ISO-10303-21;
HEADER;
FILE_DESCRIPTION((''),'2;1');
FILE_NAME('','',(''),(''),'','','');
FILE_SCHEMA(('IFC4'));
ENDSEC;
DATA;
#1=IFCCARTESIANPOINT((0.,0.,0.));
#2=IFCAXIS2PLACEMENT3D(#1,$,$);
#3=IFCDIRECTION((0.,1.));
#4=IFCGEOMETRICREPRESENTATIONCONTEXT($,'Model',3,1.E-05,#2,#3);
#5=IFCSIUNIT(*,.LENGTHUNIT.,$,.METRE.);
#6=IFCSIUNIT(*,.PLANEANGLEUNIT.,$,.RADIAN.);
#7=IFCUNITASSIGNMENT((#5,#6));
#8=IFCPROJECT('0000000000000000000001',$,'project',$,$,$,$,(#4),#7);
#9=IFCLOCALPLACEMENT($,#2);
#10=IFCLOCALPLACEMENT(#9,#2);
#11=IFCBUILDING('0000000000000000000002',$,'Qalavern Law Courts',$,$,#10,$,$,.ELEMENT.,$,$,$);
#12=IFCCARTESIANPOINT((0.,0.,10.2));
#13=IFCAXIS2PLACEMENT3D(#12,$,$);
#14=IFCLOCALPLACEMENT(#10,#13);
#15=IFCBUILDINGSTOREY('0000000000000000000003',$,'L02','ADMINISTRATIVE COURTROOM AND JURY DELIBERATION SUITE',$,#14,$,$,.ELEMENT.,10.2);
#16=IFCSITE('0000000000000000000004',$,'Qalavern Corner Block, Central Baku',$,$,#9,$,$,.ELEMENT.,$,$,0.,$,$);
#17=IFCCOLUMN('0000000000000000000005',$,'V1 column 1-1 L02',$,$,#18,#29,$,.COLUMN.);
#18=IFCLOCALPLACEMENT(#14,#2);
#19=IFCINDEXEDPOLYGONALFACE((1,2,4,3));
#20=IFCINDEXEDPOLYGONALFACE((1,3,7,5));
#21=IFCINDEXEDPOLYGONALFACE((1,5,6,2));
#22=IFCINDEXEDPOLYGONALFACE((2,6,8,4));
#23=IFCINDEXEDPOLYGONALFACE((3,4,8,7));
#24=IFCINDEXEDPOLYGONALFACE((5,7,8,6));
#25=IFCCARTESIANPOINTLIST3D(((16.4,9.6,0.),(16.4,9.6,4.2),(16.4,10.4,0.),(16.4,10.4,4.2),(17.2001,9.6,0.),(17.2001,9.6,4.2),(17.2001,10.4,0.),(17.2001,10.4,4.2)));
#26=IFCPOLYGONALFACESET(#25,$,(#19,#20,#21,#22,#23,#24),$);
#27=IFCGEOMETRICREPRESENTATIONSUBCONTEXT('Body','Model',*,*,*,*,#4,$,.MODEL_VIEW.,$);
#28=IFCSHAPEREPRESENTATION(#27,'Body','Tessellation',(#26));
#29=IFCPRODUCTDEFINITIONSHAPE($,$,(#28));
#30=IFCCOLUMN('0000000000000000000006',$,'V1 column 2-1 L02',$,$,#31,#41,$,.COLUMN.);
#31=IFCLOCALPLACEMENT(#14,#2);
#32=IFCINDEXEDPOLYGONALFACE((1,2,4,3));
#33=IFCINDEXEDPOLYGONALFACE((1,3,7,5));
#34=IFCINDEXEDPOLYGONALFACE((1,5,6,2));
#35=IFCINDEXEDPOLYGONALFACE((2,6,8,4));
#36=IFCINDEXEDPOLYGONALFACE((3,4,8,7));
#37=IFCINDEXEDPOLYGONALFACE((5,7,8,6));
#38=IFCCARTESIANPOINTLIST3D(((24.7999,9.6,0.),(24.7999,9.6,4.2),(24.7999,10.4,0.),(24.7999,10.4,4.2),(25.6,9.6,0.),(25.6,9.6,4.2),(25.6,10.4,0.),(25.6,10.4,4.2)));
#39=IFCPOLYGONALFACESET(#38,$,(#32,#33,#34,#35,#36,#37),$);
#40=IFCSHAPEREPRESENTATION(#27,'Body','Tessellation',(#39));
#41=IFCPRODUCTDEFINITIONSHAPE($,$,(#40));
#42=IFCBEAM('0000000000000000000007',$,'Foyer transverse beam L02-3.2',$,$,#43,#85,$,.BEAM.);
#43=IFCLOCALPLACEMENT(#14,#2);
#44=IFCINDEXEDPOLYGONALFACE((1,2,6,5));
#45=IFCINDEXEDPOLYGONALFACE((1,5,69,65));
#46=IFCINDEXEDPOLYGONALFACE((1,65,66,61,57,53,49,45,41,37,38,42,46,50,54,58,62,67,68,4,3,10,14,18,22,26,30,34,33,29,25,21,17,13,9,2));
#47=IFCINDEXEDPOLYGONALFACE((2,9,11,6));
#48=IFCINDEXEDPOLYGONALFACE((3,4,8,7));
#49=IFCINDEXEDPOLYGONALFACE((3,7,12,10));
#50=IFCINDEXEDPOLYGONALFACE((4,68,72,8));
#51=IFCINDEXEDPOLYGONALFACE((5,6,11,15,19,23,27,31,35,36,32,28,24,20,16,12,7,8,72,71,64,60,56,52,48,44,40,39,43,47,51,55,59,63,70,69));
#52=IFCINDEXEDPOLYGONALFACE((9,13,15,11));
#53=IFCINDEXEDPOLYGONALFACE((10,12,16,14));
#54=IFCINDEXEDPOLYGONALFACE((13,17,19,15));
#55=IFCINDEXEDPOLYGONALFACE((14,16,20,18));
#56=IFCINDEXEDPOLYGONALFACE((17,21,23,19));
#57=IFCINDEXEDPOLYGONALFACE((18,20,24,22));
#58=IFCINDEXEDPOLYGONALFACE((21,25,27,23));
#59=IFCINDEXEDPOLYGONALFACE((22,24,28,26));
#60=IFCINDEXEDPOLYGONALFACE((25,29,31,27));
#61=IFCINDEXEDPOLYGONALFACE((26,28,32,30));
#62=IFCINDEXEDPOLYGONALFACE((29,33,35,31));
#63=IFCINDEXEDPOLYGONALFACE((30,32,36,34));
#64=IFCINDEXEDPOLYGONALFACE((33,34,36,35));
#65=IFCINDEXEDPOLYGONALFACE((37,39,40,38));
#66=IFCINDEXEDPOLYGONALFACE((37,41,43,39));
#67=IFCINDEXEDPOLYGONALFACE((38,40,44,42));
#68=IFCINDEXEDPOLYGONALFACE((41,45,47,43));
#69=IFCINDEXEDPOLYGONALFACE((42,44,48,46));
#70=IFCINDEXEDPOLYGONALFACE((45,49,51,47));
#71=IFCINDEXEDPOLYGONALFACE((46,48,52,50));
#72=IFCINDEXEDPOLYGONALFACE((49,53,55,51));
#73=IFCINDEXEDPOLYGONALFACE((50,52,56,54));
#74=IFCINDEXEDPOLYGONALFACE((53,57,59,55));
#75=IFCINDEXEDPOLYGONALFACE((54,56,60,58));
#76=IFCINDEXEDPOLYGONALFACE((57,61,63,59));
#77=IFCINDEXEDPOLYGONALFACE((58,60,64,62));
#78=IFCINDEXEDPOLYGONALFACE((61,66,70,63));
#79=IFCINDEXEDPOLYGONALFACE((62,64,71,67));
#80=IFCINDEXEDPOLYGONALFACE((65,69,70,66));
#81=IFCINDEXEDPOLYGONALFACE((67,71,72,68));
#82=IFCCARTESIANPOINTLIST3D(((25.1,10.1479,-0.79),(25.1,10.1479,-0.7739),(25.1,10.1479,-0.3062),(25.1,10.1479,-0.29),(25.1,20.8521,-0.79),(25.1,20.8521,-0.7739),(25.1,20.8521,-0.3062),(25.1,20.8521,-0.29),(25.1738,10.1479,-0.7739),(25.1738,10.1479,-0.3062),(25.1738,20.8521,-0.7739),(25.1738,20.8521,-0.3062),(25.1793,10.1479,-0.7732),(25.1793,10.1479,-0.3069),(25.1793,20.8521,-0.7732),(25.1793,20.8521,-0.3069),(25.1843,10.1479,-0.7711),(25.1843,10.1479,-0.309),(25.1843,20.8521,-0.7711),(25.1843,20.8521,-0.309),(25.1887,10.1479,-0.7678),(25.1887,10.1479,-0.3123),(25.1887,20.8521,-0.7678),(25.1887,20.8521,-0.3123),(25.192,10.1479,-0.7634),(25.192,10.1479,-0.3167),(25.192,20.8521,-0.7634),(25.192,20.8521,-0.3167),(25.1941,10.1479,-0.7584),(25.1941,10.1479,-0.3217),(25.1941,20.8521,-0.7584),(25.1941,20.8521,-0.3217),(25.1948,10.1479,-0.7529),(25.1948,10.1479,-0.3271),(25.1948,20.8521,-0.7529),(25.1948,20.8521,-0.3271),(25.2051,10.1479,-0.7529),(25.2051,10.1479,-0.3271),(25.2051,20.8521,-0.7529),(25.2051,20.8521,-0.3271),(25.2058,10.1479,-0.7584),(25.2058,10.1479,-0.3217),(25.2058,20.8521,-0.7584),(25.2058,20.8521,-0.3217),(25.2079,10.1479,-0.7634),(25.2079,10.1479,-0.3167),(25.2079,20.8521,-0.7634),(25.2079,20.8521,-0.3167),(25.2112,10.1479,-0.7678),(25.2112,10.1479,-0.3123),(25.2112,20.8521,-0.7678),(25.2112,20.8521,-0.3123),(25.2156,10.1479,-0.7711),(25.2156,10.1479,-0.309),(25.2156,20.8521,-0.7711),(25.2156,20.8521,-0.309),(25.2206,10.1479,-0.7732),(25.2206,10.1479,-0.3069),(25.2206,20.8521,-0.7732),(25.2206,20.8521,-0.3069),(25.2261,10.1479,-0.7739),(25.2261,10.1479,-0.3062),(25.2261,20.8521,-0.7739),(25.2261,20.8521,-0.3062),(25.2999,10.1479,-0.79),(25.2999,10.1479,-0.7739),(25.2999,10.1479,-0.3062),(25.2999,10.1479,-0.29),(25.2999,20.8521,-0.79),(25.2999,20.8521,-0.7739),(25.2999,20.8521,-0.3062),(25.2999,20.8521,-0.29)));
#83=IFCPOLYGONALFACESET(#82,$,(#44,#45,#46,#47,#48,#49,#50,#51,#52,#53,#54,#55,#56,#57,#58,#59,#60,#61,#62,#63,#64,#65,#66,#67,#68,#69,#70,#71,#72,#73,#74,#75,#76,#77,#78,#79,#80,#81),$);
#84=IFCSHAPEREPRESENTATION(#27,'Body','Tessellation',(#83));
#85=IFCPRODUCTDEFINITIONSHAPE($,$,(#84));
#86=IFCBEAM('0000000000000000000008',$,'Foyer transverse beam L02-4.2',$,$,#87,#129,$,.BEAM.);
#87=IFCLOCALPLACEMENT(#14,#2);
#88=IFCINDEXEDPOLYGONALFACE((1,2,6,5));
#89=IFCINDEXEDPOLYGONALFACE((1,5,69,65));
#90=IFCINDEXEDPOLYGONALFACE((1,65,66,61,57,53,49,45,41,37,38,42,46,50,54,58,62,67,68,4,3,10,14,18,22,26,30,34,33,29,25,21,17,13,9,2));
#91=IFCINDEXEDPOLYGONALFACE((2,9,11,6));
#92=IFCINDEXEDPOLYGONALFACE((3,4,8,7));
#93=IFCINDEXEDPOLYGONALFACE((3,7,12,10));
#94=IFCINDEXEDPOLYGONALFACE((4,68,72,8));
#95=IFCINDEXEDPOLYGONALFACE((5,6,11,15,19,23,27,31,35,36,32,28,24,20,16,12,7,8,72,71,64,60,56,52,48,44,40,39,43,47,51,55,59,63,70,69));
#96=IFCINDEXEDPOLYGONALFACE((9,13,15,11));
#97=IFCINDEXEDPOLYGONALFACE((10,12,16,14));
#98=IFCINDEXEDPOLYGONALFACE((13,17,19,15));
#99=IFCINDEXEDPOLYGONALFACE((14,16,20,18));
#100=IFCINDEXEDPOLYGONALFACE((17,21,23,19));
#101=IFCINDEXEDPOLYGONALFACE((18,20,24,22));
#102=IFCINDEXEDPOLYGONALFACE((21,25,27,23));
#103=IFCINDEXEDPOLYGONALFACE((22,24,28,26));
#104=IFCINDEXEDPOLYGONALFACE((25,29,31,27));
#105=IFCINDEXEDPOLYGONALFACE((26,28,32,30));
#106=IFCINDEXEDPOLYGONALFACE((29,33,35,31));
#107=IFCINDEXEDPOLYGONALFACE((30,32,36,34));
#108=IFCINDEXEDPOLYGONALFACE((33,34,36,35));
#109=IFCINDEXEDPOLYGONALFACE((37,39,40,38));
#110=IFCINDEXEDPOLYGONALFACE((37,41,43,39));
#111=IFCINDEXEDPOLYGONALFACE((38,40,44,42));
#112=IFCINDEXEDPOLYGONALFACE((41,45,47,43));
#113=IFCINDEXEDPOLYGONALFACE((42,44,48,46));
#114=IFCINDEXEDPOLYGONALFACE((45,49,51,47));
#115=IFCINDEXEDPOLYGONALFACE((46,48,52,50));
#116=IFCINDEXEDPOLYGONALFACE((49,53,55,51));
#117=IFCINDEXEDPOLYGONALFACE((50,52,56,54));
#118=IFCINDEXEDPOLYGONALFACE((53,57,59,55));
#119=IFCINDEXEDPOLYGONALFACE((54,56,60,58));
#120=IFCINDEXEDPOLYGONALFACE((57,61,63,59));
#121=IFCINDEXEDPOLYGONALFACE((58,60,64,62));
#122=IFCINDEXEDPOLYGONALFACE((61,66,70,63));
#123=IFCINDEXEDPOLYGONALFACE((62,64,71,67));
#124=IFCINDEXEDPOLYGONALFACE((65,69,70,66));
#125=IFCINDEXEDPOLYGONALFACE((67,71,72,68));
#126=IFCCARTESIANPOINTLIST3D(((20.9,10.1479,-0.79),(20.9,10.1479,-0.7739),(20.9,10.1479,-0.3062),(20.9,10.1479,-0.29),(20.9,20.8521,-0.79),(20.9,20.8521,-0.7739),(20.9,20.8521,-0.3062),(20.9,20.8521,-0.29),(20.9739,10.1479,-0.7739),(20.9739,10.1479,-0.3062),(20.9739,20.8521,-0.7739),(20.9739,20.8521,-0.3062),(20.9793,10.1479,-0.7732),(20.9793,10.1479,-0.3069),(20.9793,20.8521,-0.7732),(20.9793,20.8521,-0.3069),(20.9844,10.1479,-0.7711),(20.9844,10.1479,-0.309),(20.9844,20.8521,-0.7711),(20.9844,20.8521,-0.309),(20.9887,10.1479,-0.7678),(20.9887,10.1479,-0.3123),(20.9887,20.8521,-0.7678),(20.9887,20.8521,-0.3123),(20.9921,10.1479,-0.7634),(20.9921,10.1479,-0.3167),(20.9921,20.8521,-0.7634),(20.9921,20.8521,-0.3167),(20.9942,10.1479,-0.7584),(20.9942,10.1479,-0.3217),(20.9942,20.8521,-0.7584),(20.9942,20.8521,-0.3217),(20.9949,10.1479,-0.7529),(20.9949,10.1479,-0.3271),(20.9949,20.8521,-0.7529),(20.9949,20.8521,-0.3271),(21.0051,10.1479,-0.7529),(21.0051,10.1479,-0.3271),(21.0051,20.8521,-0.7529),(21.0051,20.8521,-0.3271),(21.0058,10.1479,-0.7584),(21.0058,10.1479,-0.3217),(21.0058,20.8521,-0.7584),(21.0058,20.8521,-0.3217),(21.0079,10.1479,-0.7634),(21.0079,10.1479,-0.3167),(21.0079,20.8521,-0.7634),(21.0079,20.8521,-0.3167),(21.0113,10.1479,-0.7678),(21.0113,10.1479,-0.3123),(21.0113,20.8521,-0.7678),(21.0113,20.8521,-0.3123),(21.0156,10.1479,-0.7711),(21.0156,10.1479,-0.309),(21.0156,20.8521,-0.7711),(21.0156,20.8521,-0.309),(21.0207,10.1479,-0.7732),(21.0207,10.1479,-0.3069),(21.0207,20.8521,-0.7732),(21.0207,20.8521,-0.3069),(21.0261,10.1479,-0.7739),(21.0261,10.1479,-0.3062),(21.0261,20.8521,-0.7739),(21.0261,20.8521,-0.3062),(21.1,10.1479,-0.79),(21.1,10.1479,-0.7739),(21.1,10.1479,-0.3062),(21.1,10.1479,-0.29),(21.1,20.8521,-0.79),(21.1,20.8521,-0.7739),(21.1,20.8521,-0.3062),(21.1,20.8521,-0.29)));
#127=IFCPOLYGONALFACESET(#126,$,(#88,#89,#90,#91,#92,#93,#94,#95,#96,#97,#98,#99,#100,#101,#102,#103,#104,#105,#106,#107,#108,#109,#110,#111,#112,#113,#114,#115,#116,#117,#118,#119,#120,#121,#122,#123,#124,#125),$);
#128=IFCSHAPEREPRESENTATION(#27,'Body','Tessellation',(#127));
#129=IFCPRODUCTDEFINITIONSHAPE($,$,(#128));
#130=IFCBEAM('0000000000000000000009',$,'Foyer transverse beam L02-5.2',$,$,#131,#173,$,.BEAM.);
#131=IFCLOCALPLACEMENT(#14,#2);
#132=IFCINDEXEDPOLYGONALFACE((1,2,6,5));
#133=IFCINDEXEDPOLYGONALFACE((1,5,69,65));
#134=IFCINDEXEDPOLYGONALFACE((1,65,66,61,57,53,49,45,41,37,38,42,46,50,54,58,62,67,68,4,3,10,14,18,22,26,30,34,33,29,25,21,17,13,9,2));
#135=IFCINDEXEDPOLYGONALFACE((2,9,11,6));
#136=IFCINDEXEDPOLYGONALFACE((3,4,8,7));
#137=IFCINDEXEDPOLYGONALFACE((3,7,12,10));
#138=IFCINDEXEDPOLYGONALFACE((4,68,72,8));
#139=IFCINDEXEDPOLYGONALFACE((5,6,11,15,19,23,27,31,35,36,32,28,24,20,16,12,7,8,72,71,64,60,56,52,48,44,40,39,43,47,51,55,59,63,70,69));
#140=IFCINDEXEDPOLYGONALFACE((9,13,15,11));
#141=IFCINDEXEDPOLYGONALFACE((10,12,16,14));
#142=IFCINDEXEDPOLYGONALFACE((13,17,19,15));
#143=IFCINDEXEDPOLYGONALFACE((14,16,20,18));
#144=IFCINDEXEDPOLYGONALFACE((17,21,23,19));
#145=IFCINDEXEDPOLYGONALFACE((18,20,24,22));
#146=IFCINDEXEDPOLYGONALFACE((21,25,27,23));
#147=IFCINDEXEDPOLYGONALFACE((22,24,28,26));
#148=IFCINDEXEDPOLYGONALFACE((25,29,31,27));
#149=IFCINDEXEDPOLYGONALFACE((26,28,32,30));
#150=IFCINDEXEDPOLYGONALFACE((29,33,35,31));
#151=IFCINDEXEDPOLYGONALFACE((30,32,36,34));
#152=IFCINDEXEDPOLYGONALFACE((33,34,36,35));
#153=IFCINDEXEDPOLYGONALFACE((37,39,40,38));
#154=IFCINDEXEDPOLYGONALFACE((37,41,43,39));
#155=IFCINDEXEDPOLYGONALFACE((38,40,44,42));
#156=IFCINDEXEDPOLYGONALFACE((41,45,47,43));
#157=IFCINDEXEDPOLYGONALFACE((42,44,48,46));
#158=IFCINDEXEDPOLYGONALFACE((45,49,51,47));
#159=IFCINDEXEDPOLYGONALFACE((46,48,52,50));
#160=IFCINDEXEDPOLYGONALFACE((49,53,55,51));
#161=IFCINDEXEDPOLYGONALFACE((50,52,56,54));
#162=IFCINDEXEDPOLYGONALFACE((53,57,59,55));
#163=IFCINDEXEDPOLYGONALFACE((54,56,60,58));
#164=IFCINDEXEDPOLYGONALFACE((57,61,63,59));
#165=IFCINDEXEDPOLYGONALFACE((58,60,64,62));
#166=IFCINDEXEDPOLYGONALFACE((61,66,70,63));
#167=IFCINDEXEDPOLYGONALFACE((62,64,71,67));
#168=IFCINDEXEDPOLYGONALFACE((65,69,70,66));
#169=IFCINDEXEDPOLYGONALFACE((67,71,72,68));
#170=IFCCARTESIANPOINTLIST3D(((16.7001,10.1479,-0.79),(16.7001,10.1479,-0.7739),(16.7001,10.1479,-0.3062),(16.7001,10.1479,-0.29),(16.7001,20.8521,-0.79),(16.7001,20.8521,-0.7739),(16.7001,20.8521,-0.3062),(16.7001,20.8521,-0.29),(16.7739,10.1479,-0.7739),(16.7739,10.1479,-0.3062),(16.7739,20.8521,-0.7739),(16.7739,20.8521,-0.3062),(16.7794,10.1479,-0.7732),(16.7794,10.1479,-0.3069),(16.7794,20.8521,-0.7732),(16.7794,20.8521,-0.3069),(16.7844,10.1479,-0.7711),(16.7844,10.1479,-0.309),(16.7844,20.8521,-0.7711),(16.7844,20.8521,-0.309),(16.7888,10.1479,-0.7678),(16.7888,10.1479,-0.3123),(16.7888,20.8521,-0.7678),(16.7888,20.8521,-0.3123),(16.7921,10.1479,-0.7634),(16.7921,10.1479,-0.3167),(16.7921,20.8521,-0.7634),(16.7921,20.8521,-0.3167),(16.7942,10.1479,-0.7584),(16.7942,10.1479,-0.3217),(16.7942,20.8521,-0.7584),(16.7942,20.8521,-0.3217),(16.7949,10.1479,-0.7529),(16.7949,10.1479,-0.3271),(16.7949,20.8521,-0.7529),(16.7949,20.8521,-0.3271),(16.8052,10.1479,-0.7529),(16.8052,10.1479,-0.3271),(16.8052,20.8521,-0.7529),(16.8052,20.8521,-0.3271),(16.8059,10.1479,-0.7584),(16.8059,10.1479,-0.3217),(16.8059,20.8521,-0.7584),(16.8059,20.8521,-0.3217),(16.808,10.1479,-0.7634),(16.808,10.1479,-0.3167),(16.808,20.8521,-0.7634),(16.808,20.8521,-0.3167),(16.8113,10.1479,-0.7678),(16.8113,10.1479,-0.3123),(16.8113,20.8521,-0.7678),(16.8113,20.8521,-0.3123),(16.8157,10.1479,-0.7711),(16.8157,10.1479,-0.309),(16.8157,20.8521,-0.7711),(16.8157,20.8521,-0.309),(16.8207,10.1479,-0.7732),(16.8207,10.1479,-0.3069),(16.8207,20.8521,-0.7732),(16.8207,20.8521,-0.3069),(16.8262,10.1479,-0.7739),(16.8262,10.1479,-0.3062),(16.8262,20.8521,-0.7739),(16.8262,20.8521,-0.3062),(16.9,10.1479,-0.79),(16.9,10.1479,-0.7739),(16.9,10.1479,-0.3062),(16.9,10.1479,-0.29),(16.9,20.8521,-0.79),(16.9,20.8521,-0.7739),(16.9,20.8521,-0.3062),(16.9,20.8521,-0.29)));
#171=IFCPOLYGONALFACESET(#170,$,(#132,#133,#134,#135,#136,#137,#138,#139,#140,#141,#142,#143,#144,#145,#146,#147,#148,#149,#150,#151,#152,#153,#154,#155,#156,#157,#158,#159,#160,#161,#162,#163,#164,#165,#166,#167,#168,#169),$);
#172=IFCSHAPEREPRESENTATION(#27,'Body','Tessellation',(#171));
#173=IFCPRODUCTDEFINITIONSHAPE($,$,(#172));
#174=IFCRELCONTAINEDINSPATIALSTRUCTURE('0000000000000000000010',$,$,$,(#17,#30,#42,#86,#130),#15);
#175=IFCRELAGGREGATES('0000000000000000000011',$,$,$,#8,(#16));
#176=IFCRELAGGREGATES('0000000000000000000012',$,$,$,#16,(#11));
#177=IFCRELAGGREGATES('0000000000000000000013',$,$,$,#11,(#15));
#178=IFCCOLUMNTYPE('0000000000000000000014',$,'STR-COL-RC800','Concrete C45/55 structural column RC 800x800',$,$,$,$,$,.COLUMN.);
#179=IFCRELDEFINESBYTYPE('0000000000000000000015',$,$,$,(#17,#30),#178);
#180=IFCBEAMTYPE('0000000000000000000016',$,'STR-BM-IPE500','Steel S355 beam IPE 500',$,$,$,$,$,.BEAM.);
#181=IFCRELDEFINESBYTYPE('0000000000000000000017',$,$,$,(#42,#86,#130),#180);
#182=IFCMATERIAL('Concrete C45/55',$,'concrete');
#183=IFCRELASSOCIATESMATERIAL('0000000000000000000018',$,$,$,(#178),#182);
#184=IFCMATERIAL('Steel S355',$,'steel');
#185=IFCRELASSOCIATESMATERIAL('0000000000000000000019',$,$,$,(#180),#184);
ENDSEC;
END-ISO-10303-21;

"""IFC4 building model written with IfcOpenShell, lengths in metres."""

from ifc_helpers import new_model, si_unit, direction, frame, origin, origin_2d, place, context, subcontext, project, spatial, rectangle, i_section, extrude, material, material_profile, profile_set, type_object, element, save


model = new_model("IFC4")

# Units and contexts
model_context = context("Model", 3, precision=1e-05, world=origin(), true_north=direction((0.0, 1.0)))
body_context = subcontext(model_context, "Body", "Model", "MODEL_VIEW")
ifc_project = project(units=[si_unit("LENGTHUNIT", "METRE"), si_unit("PLANEANGLEUNIT", "RADIAN")], contexts=[model_context])

# Site, building, storey
site_placement = place(None, origin())
site = spatial("IfcSite", under=ifc_project, at=site_placement, Name="Qalavern Corner Block, Central Baku", CompositionType="ELEMENT", RefElevation=0.0)
building_placement = place(site_placement, origin())
building = spatial("IfcBuilding", under=site, at=building_placement, Name="Qalavern Law Courts", CompositionType="ELEMENT")
storey_placement = place(building_placement, frame((0.0, 0.0, 10.2)))
storey = spatial("IfcBuildingStorey", under=building, at=storey_placement, Name="L02", Description="ADMINISTRATIVE COURTROOM AND JURY DELIBERATION SUITE", CompositionType="ELEMENT", Elevation=10.2)

# Columns
ifc_material_1 = material(Name="Concrete C45/55", Category="concrete")
ifc_material_profile_1 = material_profile(ifc_material_1, rectangle(XDim=0.8, YDim=0.8, at=origin_2d()), Name="RC 800x800")
ifc_profile_set_1 = profile_set([ifc_material_profile_1], Name="Concrete C45/55")
column_type = type_object("IfcColumnType", Name="STR-COL-RC800", Description="Concrete C45/55 structural column RC 800x800", PredefinedType="COLUMN", material=ifc_profile_set_1)
for number, where, z_axis, x_axis, name in (
    (1, (16.8, 10.0, 0.0), (0.0, 0.0, 1.0), (1.0, 0.0, 0.0), "V1 column 1-1 L02"),
    (2, (25.2, 10.0, 0.0), (0.0, 0.0, 1.0), (1.0, 0.0, 0.0), "V1 column 2-1 L02"),
):
    element("IfcColumn", number, at=place(storey_placement, frame(where, z_axis=z_axis, x_axis=x_axis)), inside=storey, type_object=column_type, Name=name, PredefinedType="COLUMN", context=body_context, shape_type="SweptSolid", body=[
        extrude(rectangle(XDim=0.8, YDim=0.8, at=origin_2d()), origin(), (0.0, 0.0, 1.0), 4.2),
    ])

# Beams
ifc_material_2 = material(Name="Steel S355", Category="steel")
ifc_material_profile_2 = material_profile(ifc_material_2, i_section(OverallWidth=0.2, OverallDepth=0.5, WebThickness=0.0103, FlangeThickness=0.0161, FilletRadius=0.021, at=origin_2d()), Name="IPE 500")
ifc_profile_set_2 = profile_set([ifc_material_profile_2], Name="Steel S355")
beam_type_1 = type_object("IfcBeamType", Name="STR-BM-IPE500", Description="Steel S355 beam IPE 500", PredefinedType="BEAM", material=ifc_profile_set_2)
for number, where, z_axis, x_axis, name in (
    (3, (25.2, 10.1479, -0.54), (0.0, 1.0, 0.0), (-1.0, 0.0, 0.0), "Foyer transverse beam L02-3.2"),
    (4, (21.0, 10.1479, -0.54), (0.0, 1.0, 0.0), (-1.0, 0.0, 0.0), "Foyer transverse beam L02-4.2"),
    (5, (16.8, 10.1479, -0.54), (0.0, 1.0, 0.0), (-1.0, 0.0, 0.0), "Foyer transverse beam L02-5.2"),
):
    element("IfcBeam", number, at=place(storey_placement, frame(where, z_axis=z_axis, x_axis=x_axis)), inside=storey, type_object=beam_type_1, Name=name, PredefinedType="BEAM", context=body_context, shape_type="SweptSolid", body=[
        extrude(i_section(OverallWidth=0.2, OverallDepth=0.5, WebThickness=0.0103, FlangeThickness=0.0161, FilletRadius=0.021, at=origin_2d()), origin(), (0.0, 0.0, 1.0), 10.7041),
    ])

save(model, "model.ifc")
